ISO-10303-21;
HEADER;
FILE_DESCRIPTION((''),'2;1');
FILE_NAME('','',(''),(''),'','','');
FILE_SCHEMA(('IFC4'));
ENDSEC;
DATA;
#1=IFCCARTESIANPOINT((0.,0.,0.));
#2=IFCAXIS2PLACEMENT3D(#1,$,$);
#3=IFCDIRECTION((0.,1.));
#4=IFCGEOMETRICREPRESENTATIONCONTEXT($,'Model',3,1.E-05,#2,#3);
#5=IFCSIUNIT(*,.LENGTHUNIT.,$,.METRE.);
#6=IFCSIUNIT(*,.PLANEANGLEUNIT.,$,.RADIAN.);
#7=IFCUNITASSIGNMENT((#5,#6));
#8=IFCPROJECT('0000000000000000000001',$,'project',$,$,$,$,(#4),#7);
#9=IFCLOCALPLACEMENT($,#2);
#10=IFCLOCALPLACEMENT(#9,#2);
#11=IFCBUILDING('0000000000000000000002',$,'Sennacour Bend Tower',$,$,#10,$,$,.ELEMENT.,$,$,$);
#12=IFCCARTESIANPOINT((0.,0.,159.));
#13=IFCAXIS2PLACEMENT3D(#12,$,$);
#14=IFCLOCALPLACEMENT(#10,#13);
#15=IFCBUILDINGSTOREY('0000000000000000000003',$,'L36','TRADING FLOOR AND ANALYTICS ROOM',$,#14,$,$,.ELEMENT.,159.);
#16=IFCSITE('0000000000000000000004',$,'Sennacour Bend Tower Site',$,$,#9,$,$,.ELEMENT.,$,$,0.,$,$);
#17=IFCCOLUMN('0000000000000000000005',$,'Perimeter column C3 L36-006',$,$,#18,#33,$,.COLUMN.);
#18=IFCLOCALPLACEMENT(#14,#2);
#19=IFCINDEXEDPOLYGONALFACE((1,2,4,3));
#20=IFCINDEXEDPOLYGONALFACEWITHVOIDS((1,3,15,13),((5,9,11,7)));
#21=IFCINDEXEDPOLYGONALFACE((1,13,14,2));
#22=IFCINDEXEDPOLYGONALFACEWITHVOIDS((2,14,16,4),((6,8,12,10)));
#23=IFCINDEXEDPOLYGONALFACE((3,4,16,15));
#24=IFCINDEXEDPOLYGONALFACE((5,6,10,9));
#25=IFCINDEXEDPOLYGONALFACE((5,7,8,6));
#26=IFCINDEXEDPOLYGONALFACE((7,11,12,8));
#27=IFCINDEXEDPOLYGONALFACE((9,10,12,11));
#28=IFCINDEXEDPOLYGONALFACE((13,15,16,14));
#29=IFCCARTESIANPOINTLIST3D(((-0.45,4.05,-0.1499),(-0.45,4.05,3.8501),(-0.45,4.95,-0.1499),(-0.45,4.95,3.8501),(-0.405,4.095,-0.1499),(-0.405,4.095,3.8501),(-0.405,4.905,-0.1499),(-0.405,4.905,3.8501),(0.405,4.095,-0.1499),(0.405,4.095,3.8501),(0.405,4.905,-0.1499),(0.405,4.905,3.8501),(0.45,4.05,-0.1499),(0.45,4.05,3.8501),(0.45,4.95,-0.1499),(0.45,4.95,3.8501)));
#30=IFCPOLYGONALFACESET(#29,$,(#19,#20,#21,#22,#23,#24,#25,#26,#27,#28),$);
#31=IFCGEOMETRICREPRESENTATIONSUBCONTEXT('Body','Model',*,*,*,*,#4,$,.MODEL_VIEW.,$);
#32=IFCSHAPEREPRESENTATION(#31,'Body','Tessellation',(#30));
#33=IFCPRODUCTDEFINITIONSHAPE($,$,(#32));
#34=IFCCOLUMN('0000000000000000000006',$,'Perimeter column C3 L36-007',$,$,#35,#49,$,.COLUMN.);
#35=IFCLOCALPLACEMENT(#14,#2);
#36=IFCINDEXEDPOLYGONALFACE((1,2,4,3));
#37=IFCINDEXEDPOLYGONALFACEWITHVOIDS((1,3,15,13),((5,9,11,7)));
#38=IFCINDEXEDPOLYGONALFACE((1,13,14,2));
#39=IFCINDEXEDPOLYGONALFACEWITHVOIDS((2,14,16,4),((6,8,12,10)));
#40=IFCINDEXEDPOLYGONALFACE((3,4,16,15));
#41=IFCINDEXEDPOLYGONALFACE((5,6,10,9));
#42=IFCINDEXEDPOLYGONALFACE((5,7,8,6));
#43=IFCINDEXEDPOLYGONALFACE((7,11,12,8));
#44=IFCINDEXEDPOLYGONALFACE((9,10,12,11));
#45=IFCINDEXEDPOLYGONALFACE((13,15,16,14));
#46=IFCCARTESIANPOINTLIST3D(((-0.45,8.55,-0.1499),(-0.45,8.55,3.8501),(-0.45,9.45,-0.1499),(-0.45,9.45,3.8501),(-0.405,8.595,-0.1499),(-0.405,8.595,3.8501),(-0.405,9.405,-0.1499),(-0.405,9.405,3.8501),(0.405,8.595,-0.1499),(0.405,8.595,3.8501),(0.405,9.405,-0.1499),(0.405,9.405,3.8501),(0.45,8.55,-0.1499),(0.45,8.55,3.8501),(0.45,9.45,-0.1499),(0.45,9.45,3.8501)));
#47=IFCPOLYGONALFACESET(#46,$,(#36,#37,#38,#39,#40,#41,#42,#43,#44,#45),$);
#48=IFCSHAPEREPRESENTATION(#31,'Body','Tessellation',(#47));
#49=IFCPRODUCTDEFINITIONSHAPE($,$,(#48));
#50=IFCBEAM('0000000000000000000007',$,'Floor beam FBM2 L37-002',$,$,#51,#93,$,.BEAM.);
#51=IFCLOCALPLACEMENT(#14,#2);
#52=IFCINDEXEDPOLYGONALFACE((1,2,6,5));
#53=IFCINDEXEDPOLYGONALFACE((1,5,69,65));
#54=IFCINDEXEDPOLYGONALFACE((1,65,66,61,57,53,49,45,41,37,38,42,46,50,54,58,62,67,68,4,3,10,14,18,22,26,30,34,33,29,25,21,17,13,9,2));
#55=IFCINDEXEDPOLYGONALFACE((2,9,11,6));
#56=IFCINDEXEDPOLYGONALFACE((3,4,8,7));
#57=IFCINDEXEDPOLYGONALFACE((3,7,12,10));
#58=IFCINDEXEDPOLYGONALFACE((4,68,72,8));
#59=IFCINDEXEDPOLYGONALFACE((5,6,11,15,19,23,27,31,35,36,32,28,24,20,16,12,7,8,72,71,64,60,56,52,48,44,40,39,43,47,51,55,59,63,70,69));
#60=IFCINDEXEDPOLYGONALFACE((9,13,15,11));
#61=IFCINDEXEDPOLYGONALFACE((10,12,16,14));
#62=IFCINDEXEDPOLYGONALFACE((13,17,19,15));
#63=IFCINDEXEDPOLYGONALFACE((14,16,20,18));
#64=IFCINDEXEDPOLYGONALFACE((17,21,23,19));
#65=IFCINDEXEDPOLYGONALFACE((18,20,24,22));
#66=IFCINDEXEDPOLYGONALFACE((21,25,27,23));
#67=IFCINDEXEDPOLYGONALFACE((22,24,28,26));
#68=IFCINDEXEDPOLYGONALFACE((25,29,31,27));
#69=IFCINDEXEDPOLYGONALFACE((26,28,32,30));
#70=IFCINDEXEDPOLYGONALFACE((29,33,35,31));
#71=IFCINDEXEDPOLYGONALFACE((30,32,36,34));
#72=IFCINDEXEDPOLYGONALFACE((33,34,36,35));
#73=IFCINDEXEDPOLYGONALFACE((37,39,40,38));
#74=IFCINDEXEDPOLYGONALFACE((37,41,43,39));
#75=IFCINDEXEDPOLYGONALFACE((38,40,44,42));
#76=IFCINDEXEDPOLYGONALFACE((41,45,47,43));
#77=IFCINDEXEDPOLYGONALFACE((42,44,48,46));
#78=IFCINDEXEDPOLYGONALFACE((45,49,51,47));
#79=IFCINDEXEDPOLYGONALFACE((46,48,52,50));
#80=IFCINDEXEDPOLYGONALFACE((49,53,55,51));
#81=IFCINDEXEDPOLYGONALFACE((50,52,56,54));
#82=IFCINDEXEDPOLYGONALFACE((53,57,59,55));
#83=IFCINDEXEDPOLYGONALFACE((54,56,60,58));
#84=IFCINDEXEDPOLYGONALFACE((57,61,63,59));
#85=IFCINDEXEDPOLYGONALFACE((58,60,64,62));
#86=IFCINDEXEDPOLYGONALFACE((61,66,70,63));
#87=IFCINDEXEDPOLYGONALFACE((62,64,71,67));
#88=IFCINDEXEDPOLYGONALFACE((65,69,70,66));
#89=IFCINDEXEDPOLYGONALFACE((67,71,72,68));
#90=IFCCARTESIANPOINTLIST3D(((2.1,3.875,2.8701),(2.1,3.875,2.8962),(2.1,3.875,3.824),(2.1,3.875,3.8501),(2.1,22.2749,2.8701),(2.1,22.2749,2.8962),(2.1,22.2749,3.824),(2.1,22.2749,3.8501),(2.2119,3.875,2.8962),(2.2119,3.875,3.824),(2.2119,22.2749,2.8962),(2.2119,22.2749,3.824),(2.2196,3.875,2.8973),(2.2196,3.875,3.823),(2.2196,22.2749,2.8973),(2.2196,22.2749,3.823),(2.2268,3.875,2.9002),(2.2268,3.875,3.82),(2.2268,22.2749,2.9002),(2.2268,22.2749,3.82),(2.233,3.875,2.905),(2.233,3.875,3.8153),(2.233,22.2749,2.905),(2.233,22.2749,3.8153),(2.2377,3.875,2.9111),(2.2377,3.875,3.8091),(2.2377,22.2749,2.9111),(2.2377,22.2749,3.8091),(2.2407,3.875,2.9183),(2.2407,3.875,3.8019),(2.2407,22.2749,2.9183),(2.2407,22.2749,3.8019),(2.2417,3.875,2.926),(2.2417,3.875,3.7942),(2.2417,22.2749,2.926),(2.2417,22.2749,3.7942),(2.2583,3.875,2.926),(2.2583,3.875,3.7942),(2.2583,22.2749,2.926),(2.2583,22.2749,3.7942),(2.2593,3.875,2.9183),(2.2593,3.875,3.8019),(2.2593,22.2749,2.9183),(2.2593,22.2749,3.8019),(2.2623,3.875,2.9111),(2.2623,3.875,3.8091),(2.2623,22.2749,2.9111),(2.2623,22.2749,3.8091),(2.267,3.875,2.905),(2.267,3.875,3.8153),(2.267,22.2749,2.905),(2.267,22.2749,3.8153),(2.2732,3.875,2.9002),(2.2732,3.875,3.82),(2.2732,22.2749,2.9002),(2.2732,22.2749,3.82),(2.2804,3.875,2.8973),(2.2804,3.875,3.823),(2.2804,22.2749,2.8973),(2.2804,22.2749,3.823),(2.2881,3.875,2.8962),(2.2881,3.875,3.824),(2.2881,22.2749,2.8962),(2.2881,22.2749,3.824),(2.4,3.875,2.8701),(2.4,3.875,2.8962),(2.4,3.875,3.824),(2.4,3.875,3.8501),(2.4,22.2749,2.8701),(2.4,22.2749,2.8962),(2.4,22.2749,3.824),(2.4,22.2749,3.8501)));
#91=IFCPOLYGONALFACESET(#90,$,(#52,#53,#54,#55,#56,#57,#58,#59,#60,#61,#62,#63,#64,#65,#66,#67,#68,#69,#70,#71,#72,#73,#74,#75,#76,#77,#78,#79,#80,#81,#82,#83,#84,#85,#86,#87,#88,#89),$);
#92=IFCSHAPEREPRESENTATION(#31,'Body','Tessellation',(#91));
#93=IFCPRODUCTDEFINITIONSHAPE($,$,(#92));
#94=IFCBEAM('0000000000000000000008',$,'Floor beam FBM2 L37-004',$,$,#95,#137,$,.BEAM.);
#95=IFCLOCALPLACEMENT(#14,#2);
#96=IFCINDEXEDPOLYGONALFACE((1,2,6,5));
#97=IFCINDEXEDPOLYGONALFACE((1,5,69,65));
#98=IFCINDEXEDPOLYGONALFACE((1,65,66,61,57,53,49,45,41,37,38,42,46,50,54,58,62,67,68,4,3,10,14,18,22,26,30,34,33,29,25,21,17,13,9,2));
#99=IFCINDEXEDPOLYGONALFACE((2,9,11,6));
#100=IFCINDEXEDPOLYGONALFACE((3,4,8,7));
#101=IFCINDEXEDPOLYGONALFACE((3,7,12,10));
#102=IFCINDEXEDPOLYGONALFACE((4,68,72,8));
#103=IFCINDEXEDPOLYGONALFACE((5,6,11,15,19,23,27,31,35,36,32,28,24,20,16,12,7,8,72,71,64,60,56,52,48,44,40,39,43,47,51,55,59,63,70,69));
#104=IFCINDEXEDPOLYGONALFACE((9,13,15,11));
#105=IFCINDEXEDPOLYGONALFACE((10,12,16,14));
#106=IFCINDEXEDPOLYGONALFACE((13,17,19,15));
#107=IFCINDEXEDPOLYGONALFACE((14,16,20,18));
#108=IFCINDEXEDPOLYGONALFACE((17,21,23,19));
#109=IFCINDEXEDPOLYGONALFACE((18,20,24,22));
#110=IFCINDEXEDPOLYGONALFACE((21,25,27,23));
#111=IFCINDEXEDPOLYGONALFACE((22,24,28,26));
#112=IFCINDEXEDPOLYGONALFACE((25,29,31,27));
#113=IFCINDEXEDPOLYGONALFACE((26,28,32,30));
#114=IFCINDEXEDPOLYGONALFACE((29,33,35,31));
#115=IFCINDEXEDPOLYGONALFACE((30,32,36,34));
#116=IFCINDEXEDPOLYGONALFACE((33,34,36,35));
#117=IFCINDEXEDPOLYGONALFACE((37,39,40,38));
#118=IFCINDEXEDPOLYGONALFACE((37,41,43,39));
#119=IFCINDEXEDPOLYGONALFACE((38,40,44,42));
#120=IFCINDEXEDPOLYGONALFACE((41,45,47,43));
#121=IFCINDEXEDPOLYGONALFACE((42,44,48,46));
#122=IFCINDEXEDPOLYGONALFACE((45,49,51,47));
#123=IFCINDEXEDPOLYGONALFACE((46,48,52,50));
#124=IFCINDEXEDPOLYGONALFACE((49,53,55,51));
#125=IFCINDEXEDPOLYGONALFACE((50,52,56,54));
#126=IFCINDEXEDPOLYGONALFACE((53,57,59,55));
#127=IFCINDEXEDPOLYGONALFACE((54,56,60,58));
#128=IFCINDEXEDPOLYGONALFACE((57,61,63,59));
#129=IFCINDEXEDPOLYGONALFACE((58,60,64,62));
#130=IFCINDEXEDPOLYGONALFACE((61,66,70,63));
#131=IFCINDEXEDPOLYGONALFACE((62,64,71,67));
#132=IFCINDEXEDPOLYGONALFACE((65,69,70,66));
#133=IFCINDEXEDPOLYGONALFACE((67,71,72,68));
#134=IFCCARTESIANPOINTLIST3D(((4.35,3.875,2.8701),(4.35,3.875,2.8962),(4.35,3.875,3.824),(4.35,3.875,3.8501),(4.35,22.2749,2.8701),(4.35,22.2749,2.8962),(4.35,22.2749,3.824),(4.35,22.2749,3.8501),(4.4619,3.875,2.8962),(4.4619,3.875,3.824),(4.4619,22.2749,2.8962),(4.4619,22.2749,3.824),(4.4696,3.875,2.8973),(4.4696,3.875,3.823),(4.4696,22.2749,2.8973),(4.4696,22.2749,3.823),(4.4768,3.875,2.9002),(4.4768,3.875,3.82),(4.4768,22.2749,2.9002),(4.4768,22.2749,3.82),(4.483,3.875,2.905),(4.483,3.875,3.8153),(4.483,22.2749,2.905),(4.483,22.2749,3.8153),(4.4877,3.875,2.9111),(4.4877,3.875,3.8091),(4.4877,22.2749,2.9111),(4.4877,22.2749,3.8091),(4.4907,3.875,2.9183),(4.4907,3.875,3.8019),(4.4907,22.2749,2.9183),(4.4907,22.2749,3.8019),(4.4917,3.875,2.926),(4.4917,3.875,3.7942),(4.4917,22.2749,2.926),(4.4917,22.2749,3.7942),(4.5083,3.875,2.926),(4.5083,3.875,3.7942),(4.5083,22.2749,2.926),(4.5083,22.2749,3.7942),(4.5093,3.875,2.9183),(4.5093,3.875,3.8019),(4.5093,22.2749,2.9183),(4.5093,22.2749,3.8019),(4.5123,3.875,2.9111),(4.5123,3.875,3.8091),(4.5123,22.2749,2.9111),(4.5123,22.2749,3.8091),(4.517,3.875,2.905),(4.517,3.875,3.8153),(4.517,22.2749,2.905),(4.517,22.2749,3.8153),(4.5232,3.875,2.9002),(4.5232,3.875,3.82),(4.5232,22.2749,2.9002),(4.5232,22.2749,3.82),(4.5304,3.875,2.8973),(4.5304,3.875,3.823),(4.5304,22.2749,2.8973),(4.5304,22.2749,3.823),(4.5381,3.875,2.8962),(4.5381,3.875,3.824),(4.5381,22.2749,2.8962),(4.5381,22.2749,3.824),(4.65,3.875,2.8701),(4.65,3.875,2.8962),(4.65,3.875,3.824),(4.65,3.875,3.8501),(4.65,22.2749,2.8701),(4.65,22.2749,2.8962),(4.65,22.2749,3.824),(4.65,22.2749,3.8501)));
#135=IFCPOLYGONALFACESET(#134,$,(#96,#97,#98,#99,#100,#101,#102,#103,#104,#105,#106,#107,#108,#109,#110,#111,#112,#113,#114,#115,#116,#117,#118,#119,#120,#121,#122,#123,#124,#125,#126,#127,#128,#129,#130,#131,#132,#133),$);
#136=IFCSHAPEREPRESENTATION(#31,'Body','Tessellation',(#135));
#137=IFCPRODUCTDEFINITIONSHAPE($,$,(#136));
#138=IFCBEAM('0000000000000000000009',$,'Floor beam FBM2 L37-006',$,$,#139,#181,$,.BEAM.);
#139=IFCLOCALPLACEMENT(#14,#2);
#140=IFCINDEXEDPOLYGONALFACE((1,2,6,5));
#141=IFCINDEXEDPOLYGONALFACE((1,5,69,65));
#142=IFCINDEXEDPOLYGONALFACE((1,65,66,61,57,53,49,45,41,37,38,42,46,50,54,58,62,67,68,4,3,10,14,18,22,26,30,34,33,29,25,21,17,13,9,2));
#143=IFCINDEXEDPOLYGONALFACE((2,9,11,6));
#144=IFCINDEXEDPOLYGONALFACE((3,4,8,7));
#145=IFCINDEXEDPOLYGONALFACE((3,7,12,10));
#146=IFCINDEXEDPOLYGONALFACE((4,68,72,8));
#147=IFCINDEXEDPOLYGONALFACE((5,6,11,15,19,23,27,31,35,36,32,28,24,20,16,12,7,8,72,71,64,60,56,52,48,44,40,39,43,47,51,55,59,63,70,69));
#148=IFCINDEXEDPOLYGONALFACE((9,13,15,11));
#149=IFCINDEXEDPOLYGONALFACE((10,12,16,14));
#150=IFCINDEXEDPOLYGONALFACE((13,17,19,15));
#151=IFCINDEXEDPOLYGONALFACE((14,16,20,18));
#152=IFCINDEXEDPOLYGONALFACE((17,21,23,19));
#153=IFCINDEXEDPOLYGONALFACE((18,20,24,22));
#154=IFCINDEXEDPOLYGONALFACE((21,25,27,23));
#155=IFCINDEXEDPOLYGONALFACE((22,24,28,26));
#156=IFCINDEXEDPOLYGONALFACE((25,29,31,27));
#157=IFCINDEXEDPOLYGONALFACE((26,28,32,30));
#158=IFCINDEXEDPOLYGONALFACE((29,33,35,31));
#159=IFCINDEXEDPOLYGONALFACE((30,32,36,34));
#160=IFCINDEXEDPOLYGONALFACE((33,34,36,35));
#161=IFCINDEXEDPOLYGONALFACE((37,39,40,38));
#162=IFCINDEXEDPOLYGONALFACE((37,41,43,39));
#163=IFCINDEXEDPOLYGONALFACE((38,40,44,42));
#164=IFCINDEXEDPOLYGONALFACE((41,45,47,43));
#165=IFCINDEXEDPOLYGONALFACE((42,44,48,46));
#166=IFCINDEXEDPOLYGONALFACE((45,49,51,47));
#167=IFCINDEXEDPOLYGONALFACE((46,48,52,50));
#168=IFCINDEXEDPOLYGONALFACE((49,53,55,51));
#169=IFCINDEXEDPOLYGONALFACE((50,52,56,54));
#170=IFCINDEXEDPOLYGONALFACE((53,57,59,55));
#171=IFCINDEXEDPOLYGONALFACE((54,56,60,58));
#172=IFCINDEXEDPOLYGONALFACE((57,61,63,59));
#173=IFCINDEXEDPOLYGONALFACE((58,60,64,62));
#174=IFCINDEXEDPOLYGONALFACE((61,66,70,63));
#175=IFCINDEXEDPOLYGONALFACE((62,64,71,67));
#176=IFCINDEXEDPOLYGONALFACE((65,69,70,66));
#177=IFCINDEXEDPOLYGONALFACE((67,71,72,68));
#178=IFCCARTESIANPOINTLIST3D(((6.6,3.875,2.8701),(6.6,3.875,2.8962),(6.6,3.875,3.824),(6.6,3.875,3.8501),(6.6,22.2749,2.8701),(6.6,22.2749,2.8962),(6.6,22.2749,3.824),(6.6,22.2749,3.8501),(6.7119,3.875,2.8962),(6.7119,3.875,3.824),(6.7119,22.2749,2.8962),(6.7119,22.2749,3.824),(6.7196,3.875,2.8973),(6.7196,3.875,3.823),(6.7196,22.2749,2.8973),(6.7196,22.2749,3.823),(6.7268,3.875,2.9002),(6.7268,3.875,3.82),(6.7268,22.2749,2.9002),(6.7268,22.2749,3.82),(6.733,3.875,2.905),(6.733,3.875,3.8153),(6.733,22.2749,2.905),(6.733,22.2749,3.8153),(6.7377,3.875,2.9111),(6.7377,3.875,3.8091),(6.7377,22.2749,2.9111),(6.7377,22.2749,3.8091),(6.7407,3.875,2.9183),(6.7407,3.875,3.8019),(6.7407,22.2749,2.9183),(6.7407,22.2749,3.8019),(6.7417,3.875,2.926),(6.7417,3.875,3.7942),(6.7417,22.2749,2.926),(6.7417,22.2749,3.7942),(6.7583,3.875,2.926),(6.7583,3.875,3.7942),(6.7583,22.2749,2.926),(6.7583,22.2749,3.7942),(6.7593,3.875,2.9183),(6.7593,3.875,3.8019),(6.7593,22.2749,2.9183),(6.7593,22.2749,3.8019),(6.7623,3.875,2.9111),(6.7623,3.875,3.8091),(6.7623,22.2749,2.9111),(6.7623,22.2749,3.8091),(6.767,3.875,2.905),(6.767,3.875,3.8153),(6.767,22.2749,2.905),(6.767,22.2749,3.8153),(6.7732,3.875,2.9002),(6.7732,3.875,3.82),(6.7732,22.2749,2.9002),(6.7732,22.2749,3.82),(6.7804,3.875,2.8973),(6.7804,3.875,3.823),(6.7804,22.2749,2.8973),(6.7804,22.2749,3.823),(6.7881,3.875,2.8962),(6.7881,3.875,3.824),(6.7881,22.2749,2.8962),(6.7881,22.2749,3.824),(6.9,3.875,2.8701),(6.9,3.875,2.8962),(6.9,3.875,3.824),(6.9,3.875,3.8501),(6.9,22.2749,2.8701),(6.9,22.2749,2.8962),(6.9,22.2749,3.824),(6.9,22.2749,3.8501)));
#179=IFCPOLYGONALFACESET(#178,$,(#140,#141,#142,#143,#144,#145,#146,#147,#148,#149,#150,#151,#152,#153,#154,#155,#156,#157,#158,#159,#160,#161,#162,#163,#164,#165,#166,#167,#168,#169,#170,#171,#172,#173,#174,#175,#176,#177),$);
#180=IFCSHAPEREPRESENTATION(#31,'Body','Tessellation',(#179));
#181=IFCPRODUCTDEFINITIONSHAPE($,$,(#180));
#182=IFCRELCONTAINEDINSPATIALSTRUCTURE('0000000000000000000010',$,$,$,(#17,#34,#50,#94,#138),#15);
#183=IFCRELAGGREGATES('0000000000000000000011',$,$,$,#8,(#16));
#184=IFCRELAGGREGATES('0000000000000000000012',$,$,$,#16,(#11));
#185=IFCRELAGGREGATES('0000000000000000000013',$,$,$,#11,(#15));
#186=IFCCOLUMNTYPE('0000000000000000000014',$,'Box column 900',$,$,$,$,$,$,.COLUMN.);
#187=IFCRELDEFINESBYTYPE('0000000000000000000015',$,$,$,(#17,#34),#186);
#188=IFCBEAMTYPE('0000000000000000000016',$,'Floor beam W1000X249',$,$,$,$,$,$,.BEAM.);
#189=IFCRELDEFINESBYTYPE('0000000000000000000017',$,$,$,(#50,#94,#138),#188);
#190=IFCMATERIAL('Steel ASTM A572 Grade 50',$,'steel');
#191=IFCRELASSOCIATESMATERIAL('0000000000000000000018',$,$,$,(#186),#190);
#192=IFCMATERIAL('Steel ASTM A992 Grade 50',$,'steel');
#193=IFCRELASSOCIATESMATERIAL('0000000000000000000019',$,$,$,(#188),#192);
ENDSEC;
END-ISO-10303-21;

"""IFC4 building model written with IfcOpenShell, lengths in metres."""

from ifc_helpers import new_model, si_unit, direction, frame, origin, origin_2d, place, context, subcontext, project, spatial, hollow_rectangle, i_section, extrude, material, material_profile, profile_set, type_object, element, save


model = new_model("IFC4")

# Units and contexts
model_context = context("Model", 3, precision=1e-05, world=origin(), true_north=direction((0.0, 1.0)))
body_context = subcontext(model_context, "Body", "Model", "MODEL_VIEW")
ifc_project = project(units=[si_unit("LENGTHUNIT", "METRE"), si_unit("PLANEANGLEUNIT", "RADIAN")], contexts=[model_context])

# Site, building, storey
site_placement = place(None, origin())
site = spatial("IfcSite", under=ifc_project, at=site_placement, Name="Sennacour Bend Tower Site", CompositionType="ELEMENT", RefElevation=0.0)
building_placement = place(site_placement, origin())
building = spatial("IfcBuilding", under=site, at=building_placement, Name="Sennacour Bend Tower", CompositionType="ELEMENT")
storey_placement = place(building_placement, frame((0.0, 0.0, 159.0)))
storey = spatial("IfcBuildingStorey", under=building, at=storey_placement, Name="L36", Description="TRADING FLOOR AND ANALYTICS ROOM", CompositionType="ELEMENT", Elevation=159.0)

# Columns
ifc_material_1 = material(Name="Steel ASTM A572 Grade 50", Category="steel")
ifc_material_profile_1 = material_profile(ifc_material_1, hollow_rectangle(XDim=0.8999, YDim=0.8999, WallThickness=0.0449, at=origin_2d()), Name="Steel ASTM A572 Grade 50", Category="steel")
ifc_profile_set_1 = profile_set([ifc_material_profile_1], Name="Steel ASTM A572 Grade 50")
column_type = type_object("IfcColumnType", Name="Box column 900", PredefinedType="COLUMN", material=ifc_profile_set_1)
for number, where, z_axis, x_axis, name in (
    (1, (0.0, 4.5, -0.1499), (0.0, 0.0, 1.0), (1.0, 0.0, 0.0), "Perimeter column C3 L36-006"),
    (2, (0.0, 9.0, -0.1499), (0.0, 0.0, 1.0), (1.0, 0.0, 0.0), "Perimeter column C3 L36-007"),
):
    element("IfcColumn", number, at=place(storey_placement, frame(where, z_axis=z_axis, x_axis=x_axis)), inside=storey, type_object=column_type, Name=name, PredefinedType="COLUMN", context=body_context, shape_type="SweptSolid", body=[
        extrude(hollow_rectangle(XDim=0.8999, YDim=0.8999, WallThickness=0.0449, at=origin_2d()), origin(), (0.0, 0.0, 1.0), 4.0),
    ])

# Beams
ifc_material_2 = material(Name="Steel ASTM A992 Grade 50", Category="steel")
ifc_material_profile_2 = material_profile(ifc_material_2, i_section(OverallWidth=0.3, OverallDepth=0.98, WebThickness=0.0166, FlangeThickness=0.0261, FilletRadius=0.0298, at=origin_2d()), Name="Steel ASTM A992 Grade 50", Category="steel")
ifc_profile_set_2 = profile_set([ifc_material_profile_2], Name="Steel ASTM A992 Grade 50")
beam_type_1 = type_object("IfcBeamType", Name="Floor beam W1000X249", PredefinedType="BEAM", material=ifc_profile_set_2)
for number, where, z_axis, x_axis, name in (
    (3, (2.25, 3.875, 3.3601), (0.0, 1.0, 0.0), (-1.0, 0.0, 0.0), "Floor beam FBM2 L37-002"),
    (4, (4.5, 3.875, 3.3601), (0.0, 1.0, 0.0), (-1.0, 0.0, 0.0), "Floor beam FBM2 L37-004"),
    (5, (6.75, 3.875, 3.3601), (0.0, 1.0, 0.0), (-1.0, 0.0, 0.0), "Floor beam FBM2 L37-006"),
):
    element("IfcBeam", number, at=place(storey_placement, frame(where, z_axis=z_axis, x_axis=x_axis)), inside=storey, type_object=beam_type_1, Name=name, PredefinedType="BEAM", context=body_context, shape_type="SweptSolid", body=[
        extrude(i_section(OverallWidth=0.3, OverallDepth=0.98, WebThickness=0.0166, FlangeThickness=0.0261, FilletRadius=0.0298, at=origin_2d()), origin(), (0.0, 0.0, 1.0), 18.3999),
    ])

save(model, "model.ifc")
